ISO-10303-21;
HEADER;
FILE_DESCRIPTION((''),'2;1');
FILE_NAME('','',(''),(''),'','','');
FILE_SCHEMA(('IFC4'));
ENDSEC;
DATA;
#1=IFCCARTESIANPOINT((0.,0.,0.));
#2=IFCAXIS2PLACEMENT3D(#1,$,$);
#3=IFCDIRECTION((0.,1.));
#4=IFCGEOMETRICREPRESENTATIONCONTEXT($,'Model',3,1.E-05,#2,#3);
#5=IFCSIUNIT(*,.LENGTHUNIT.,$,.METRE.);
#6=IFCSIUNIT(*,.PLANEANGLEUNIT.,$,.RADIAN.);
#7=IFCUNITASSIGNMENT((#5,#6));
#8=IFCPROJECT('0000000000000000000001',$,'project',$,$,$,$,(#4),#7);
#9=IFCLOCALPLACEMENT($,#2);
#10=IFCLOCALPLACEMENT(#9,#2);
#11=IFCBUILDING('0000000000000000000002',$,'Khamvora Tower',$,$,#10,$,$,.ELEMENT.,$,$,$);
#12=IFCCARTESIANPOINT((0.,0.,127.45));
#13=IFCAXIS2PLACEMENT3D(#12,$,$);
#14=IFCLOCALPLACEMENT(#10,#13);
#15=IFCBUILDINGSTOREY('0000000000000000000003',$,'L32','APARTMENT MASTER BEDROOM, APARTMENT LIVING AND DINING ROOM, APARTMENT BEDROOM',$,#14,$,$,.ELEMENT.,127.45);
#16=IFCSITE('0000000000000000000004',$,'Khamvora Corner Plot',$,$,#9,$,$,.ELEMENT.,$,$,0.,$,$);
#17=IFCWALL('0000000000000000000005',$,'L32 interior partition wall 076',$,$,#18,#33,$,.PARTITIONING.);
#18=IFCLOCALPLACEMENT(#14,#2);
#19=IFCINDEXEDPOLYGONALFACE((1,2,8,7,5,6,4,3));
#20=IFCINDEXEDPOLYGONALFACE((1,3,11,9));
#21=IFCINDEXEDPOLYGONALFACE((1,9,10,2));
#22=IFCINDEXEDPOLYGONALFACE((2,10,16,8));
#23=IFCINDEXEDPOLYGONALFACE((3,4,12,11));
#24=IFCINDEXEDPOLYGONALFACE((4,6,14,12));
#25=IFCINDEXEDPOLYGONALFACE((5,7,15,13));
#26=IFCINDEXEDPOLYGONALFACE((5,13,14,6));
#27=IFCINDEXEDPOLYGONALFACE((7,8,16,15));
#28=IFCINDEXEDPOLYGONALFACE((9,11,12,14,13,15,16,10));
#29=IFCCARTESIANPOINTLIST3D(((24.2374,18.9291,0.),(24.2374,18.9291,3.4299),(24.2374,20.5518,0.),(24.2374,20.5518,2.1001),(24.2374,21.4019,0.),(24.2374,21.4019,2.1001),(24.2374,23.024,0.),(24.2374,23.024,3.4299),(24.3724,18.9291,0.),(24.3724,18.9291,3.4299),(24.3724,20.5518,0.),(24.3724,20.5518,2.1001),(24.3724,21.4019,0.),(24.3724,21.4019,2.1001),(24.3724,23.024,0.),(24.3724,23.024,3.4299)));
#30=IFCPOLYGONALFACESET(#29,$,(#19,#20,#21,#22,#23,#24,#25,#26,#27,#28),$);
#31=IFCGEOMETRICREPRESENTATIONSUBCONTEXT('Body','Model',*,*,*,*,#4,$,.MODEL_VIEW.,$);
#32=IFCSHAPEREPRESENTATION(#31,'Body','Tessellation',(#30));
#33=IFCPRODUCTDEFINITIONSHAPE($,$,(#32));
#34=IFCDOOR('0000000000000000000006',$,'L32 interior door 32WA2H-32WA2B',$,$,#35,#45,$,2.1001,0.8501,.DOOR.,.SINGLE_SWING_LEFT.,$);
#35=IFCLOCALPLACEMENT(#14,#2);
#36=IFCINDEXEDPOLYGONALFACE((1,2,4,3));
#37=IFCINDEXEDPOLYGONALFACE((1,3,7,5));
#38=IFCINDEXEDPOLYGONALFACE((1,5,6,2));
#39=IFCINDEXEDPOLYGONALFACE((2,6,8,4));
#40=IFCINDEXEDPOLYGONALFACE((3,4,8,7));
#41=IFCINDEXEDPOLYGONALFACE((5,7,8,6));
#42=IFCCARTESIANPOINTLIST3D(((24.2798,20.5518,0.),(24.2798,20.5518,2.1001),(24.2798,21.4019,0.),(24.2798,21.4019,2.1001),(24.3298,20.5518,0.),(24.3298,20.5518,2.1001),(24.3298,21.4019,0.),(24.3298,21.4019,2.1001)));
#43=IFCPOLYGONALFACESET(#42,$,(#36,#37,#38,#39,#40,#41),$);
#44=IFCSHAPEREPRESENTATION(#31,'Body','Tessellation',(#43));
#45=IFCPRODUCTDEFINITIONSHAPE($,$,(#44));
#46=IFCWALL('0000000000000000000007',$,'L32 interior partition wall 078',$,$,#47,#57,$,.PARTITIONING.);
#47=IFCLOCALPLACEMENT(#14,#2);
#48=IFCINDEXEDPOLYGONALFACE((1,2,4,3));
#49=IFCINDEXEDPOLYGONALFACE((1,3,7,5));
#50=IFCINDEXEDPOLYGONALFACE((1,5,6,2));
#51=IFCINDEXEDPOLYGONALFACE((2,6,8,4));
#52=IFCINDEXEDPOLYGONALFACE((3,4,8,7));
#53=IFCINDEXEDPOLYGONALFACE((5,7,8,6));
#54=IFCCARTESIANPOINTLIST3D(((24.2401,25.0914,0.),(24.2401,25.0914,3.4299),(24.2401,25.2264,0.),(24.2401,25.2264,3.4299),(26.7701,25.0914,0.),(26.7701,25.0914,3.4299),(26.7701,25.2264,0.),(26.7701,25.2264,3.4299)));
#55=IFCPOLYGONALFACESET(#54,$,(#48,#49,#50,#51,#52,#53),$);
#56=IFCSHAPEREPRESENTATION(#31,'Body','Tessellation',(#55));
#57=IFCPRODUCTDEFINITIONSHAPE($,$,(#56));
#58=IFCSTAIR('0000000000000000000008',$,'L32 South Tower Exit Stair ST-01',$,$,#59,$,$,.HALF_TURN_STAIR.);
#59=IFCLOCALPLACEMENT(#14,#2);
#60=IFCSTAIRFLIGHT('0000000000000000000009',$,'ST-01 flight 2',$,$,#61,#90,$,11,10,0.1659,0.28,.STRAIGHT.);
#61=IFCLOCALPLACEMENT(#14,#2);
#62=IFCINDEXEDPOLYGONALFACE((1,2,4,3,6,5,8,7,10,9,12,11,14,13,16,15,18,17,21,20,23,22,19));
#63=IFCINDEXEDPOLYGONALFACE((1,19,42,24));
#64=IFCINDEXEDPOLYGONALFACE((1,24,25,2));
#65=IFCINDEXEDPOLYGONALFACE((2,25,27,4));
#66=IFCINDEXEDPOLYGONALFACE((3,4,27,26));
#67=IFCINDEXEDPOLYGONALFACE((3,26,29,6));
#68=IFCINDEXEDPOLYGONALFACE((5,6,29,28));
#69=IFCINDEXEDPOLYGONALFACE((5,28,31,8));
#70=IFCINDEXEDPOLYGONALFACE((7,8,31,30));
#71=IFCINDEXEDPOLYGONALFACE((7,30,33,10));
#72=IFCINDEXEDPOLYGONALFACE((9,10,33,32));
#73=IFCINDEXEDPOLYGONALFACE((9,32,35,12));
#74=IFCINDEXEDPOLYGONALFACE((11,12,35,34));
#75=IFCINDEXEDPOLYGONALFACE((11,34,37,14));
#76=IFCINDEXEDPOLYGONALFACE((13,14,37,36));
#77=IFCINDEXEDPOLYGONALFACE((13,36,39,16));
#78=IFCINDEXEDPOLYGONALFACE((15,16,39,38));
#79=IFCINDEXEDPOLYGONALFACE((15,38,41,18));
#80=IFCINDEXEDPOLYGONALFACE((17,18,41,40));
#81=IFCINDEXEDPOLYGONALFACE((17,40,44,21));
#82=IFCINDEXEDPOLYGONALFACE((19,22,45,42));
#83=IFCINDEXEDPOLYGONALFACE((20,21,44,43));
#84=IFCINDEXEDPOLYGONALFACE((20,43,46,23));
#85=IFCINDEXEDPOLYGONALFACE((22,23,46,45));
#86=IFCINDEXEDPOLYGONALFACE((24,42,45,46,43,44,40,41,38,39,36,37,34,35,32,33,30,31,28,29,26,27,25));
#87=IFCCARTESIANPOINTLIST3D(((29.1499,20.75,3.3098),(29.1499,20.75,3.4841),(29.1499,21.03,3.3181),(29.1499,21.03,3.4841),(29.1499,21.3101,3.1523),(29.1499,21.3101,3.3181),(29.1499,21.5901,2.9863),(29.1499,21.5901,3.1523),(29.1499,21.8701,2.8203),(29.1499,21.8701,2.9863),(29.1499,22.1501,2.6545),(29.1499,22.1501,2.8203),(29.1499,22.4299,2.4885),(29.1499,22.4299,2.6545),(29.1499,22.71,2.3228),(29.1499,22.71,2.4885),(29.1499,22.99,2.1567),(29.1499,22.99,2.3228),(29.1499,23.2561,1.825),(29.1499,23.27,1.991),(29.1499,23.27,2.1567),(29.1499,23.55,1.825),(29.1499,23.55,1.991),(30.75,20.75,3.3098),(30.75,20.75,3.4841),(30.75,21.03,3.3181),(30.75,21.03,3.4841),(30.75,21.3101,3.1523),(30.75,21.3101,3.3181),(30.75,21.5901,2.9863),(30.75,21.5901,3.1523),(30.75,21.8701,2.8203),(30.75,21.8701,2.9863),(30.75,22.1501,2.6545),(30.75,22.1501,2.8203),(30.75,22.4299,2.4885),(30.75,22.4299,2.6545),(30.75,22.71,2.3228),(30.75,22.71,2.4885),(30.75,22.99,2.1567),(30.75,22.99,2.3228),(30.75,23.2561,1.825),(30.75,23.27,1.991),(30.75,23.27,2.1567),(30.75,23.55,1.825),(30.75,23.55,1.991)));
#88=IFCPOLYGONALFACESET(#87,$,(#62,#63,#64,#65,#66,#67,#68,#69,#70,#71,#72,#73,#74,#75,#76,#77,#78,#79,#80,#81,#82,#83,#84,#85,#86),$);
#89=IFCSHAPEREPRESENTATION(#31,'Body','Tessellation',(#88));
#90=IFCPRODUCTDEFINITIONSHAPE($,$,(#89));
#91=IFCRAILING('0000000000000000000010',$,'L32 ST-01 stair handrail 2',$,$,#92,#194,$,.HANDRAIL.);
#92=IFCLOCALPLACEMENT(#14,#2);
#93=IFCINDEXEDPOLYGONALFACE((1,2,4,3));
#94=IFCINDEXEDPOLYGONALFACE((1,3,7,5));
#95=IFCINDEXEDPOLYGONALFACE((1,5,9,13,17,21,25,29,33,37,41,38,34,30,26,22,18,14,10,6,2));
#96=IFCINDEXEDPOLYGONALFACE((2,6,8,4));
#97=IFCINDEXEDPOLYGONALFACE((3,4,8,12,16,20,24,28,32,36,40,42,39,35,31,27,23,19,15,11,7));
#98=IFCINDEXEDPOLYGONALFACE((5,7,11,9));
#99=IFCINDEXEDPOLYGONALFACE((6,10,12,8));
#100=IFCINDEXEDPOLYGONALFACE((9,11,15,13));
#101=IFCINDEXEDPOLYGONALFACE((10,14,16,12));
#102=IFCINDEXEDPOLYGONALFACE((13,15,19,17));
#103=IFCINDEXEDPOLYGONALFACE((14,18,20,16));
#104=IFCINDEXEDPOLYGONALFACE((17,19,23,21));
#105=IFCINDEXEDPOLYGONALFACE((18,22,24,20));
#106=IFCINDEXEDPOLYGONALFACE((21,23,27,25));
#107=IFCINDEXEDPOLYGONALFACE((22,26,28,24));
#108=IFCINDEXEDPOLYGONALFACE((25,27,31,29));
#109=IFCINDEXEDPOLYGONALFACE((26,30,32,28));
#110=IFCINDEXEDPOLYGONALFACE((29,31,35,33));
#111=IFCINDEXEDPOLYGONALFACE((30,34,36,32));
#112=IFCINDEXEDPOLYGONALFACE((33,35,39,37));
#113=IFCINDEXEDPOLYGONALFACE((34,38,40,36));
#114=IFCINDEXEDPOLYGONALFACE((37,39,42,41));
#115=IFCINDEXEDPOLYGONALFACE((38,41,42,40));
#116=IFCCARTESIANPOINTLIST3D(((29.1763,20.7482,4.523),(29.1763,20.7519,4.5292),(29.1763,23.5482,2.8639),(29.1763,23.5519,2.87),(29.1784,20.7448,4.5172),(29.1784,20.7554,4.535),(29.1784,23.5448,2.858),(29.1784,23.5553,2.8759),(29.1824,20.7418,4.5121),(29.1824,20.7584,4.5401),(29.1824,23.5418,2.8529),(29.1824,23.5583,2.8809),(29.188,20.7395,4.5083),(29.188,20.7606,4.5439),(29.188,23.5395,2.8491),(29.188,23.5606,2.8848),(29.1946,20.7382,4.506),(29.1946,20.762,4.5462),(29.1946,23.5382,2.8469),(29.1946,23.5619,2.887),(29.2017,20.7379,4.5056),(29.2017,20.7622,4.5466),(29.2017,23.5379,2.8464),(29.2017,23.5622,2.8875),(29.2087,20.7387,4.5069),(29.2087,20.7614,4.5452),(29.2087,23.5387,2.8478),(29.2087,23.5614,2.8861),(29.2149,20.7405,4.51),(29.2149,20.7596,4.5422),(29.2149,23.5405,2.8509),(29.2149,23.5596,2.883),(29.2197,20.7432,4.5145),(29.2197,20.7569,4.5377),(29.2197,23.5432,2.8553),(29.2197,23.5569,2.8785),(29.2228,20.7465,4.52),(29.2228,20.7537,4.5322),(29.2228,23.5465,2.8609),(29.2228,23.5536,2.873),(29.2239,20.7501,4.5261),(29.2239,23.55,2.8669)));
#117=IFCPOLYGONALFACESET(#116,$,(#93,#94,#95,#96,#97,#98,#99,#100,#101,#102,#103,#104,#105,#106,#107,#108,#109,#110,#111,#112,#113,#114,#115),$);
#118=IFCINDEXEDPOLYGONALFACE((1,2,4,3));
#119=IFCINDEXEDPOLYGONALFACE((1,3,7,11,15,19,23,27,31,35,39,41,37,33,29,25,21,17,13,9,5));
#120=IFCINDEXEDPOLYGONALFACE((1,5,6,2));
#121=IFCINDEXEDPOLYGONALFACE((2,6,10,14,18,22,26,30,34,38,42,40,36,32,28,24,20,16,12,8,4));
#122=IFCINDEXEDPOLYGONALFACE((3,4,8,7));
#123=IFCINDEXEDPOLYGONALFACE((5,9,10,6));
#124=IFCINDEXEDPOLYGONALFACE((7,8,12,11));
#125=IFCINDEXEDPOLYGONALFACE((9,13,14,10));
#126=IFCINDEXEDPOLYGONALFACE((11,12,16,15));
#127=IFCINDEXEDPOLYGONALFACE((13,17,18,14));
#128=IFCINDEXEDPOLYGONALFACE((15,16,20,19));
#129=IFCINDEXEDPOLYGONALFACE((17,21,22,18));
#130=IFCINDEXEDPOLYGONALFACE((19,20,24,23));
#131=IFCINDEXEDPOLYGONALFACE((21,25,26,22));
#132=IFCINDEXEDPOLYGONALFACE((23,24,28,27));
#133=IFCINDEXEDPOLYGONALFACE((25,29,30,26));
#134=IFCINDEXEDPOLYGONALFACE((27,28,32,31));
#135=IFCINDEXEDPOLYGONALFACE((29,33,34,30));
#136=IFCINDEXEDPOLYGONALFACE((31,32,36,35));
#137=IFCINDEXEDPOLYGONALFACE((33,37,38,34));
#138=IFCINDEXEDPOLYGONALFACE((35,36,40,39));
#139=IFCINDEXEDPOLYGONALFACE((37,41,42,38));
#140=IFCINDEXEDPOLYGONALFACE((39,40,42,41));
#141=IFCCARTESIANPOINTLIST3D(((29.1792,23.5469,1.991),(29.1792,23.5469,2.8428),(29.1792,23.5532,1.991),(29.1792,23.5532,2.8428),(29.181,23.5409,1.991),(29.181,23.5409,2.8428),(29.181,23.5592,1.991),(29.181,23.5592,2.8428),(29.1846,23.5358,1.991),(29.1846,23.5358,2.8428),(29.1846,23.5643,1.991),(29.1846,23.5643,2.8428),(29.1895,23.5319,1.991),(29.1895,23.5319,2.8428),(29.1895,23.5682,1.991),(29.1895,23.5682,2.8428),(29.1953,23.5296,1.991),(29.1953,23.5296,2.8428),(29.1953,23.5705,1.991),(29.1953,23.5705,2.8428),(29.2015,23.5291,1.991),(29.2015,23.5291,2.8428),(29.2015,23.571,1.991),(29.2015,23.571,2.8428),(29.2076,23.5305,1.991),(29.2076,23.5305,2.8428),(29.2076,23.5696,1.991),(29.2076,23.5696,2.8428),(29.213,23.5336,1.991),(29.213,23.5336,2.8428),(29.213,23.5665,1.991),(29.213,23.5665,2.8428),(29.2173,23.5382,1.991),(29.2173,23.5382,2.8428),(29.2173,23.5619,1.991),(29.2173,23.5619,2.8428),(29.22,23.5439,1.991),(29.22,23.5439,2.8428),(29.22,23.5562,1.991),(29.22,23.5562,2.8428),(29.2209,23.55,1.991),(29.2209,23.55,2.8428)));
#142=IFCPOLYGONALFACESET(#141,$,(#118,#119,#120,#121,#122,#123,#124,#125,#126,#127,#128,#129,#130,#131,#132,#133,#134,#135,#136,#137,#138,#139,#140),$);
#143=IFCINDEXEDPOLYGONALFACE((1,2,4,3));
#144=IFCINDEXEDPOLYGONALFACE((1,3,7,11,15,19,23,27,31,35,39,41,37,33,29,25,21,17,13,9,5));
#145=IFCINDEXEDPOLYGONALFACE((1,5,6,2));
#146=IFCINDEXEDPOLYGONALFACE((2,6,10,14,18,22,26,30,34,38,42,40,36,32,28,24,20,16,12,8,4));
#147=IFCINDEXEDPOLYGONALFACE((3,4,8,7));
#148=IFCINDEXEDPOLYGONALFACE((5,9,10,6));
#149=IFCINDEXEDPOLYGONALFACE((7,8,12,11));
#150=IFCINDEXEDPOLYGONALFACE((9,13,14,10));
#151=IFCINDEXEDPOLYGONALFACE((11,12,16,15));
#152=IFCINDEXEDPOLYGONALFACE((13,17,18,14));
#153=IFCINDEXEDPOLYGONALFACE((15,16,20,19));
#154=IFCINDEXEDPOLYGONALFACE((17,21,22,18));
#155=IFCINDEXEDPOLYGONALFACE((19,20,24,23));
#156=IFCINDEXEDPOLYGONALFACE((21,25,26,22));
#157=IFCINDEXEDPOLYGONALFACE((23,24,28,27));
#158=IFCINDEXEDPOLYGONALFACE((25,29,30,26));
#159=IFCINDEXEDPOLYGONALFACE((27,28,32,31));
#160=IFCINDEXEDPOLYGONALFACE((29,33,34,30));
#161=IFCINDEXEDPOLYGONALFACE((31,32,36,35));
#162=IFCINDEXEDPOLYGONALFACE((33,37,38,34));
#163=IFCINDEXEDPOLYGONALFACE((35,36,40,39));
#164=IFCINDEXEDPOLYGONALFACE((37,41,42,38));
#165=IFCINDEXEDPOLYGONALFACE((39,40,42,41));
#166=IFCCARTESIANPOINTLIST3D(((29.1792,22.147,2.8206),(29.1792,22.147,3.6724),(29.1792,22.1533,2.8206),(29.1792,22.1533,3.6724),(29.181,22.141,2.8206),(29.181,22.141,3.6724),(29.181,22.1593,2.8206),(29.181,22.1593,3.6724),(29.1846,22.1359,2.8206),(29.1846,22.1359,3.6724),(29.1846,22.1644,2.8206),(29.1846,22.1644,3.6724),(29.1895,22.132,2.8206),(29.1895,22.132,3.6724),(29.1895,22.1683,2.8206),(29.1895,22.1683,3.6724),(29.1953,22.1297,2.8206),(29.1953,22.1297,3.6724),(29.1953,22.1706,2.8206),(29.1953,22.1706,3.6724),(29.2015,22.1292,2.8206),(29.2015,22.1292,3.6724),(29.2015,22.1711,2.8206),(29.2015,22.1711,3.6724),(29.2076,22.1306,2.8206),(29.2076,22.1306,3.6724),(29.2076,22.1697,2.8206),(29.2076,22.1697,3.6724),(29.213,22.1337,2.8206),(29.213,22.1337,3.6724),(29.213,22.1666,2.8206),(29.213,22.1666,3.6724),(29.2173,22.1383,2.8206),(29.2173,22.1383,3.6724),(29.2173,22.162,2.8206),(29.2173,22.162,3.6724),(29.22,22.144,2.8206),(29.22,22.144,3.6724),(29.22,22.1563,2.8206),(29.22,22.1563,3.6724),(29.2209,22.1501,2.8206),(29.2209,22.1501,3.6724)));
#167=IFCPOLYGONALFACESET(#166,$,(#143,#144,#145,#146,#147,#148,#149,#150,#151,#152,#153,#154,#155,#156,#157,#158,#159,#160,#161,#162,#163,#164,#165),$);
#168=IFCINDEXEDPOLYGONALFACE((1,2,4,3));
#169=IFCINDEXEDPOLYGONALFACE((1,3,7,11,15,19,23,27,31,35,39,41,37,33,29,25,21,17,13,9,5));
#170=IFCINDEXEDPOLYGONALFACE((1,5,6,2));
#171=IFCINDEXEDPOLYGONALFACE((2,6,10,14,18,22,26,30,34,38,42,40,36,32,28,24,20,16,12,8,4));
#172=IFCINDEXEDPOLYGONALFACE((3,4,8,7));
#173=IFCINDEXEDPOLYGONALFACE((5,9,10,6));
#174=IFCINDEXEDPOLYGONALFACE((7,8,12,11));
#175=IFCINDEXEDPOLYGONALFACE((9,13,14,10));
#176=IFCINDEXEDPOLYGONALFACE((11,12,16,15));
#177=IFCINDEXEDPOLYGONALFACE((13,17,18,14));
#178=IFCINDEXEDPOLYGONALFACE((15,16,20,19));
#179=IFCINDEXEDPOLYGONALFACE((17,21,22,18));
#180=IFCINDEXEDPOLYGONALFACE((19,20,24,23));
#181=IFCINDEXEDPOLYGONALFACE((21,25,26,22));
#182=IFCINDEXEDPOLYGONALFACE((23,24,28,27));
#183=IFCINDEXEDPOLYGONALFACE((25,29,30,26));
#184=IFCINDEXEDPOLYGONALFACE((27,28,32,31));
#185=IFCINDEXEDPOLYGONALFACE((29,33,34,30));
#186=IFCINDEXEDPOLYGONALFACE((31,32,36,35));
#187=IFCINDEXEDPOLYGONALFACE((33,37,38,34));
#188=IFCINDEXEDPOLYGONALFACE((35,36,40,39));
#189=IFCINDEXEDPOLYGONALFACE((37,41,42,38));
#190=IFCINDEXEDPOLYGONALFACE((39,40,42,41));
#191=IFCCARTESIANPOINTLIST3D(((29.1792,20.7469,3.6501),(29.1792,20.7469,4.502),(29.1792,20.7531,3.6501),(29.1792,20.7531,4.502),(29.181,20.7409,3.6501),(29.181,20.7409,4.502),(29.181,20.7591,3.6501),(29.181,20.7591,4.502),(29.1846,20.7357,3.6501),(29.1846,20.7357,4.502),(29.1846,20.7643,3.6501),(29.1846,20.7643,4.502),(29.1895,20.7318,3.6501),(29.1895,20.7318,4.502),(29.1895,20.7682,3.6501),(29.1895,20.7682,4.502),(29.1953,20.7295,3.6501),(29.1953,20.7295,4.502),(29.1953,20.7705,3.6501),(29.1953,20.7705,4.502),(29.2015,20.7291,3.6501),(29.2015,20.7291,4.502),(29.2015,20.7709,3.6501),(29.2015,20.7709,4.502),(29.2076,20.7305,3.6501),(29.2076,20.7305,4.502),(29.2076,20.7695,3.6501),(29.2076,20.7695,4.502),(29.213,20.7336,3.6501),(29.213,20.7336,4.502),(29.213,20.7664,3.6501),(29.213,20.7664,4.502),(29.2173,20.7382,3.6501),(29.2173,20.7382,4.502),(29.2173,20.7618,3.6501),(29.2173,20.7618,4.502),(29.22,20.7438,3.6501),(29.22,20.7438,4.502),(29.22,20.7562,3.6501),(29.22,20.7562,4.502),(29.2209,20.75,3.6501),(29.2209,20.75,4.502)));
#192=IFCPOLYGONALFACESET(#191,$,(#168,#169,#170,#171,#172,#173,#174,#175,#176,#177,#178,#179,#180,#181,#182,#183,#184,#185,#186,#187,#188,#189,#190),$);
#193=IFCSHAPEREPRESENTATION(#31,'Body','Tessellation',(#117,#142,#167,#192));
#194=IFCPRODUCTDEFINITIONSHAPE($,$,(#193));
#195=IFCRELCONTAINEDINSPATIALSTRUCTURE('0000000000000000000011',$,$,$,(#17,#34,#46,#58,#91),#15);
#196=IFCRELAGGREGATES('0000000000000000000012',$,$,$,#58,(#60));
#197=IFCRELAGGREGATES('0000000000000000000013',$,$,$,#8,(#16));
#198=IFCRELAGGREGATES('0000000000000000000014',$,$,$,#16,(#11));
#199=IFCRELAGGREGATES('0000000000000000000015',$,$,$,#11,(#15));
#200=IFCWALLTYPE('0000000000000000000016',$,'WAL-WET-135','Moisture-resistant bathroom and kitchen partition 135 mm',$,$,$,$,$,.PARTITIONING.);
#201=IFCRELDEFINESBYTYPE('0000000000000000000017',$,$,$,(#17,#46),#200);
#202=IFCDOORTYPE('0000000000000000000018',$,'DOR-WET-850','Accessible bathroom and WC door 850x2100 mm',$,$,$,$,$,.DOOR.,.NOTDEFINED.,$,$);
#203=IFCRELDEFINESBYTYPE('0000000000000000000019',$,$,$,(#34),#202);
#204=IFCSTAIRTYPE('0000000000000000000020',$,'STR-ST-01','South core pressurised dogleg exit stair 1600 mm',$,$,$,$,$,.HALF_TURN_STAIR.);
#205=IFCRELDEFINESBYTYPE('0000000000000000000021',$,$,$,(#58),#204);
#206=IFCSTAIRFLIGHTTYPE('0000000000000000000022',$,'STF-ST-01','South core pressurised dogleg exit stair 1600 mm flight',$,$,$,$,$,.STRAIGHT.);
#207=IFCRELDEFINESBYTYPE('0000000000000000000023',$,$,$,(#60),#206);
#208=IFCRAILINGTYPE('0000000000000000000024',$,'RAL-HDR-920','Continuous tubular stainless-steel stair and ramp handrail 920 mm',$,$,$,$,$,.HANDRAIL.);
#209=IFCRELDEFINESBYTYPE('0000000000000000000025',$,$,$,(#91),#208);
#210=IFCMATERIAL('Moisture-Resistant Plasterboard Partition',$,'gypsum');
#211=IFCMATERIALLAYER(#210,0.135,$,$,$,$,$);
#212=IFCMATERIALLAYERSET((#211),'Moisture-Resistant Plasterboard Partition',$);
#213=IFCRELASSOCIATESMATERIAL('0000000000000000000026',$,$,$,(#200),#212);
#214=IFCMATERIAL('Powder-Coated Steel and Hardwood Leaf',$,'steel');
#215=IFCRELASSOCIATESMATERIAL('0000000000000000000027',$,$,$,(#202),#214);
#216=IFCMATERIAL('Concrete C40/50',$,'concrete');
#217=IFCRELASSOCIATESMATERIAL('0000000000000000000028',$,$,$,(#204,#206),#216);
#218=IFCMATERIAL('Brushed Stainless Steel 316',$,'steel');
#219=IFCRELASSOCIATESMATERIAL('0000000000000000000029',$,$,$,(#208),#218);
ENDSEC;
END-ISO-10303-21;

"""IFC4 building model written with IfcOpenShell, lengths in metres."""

from ifc_helpers import new_model, si_unit, direction, frame, frame_2d, origin, origin_2d, place, context, subcontext, project, spatial, polyline, rectangle, circle, outline, extrude, material, layer, layer_set, type_object, element, fill, aggregate, save


model = new_model("IFC4")

# Units and contexts
model_context = context("Model", 3, precision=1e-05, world=origin(), true_north=direction((0.0, 1.0)))
body_context = subcontext(model_context, "Body", "Model", "MODEL_VIEW")
ifc_project = project(units=[si_unit("LENGTHUNIT", "METRE"), si_unit("PLANEANGLEUNIT", "RADIAN")], contexts=[model_context])

# Site, building, storey
site_placement = place(None, origin())
site = spatial("IfcSite", under=ifc_project, at=site_placement, Name="Khamvora Corner Plot", CompositionType="ELEMENT", RefElevation=0.0)
building_placement = place(site_placement, origin())
building = spatial("IfcBuilding", under=site, at=building_placement, Name="Khamvora Tower", CompositionType="ELEMENT")
storey_placement = place(building_placement, frame((0.0, 0.0, 127.45)))
storey = spatial("IfcBuildingStorey", under=building, at=storey_placement, Name="L32", Description="APARTMENT MASTER BEDROOM, APARTMENT LIVING AND DINING ROOM, APARTMENT BEDROOM", CompositionType="ELEMENT", Elevation=127.45)

# Shared definitions
ifc_material_1 = material(Name="Powder-Coated Steel and Hardwood Leaf", Category="steel")

# Shared definitions
ifc_material_2 = material(Name="Moisture-Resistant Plasterboard Partition", Category="gypsum")
ifc_layer_1 = layer(ifc_material_2, 0.135)
ifc_layer_set_1 = layer_set([ifc_layer_1], Name="Moisture-Resistant Plasterboard Partition")
wall_type_1 = type_object("IfcWallType", Name="WAL-WET-135", Description="Moisture-resistant bathroom and kitchen partition 135 mm", PredefinedType="PARTITIONING", material=ifc_layer_set_1)

# Wall, opening, door
wall_1_placement = place(storey_placement, frame((24.3049, 23.0239, 0.0), z_axis=(0.0, 0.0, 1.0), x_axis=(0.0, -1.0, 0.0)))
wall_1 = element("IfcWall", 1, at=wall_1_placement, inside=storey, type_object=wall_type_1, Name="L32 interior partition wall 076", PredefinedType="PARTITIONING", context=body_context, shape_type="SweptSolid", body=[
    extrude(rectangle(XDim=4.095, YDim=0.135, at=frame_2d((2.0474, 0.0))), origin(), (0.0, 0.0, 1.0), 3.4299),
])
opening_1_placement = place(wall_1_placement, frame((1.6221, 0.0, 0.0)))
opening_1 = element("IfcOpeningElement", 2, at=opening_1_placement, cuts=wall_1, PredefinedType="OPENING", context=body_context, shape_type="SweptSolid", body=[
    extrude(rectangle(XDim=0.8501, YDim=2.1001, at=frame_2d((0.425, 1.05))), frame((0.0, 0.0774, 0.0), z_axis=(0.0, -1.0, 0.0), x_axis=(1.0, 0.0, 0.0)), (0.0, 0.0, 1.0), 0.155),
])
door_type_1 = type_object("IfcDoorType", Name="DOR-WET-850", Description="Accessible bathroom and WC door 850x2100 mm", OperationType="NOTDEFINED", PredefinedType="DOOR", material=ifc_material_1)
door_1_placement = place(opening_1_placement, origin())
door_1 = element("IfcDoor", 3, at=door_1_placement, inside=storey, type_object=door_type_1, Name="L32 interior door 32WA2H-32WA2B", OperationType="SINGLE_SWING_LEFT", OverallHeight=2.1001, OverallWidth=0.8501, PredefinedType="DOOR", context=body_context, shape_type="SweptSolid", body=[
    extrude(rectangle(XDim=0.8501, YDim=2.1001, at=frame_2d((0.425, 1.05))), frame((0.0, 0.0249, 0.0), z_axis=(0.0, -1.0, 0.0), x_axis=(1.0, 0.0, 0.0)), (0.0, 0.0, 1.0), 0.05),
])
fill(opening_1, door_1)

# Wall
wall_2_placement = place(storey_placement, frame((24.24, 25.1589, 0.0), z_axis=(0.0, 0.0, 1.0), x_axis=(1.0, 0.0, 0.0)))
element("IfcWall", 4, at=wall_2_placement, inside=storey, type_object=wall_type_1, Name="L32 interior partition wall 078", PredefinedType="PARTITIONING", context=body_context, shape_type="SweptSolid", body=[
    extrude(rectangle(XDim=2.53, YDim=0.135, at=frame_2d((1.2651, 0.0))), origin(), (0.0, 0.0, 1.0), 3.4299),
])

# Stair, stair flight
ifc_material_3 = material(Name="Concrete C40/50", Category="concrete")
stair_type = type_object("IfcStairType", Name="STR-ST-01", Description="South core pressurised dogleg exit stair 1600 mm", PredefinedType="HALF_TURN_STAIR", material=ifc_material_3)
stair_placement = place(storey_placement, origin())
stair = element("IfcStair", 5, at=stair_placement, inside=storey, type_object=stair_type, Name="L32 South Tower Exit Stair ST-01", PredefinedType="HALF_TURN_STAIR")
stair_flight_type = type_object("IfcStairFlightType", Name="STF-ST-01", Description="South core pressurised dogleg exit stair 1600 mm flight", PredefinedType="STRAIGHT", material=ifc_material_3)
stair_flight_placement = place(storey_placement, frame((29.95, 23.55, 1.825), z_axis=(0.0, 0.0, 1.0), x_axis=(0.0, -1.0, 0.0)))
stair_flight = element("IfcStairFlight", 6, at=stair_flight_placement, type_object=stair_flight_type, Name="ST-01 flight 2", NumberOfRisers=11, NumberOfTreads=10, PredefinedType="STRAIGHT", RiserHeight=0.1659, TreadLength=0.28, context=body_context, shape_type="SweptSolid", body=[
    extrude(outline(polyline([(0.0, 0.0), (0.0, 0.166), (0.28, 0.166), (0.28, 0.3318), (0.5601, 0.3318), (0.5601, 0.4978), (0.8401, 0.4978), (0.8401, 0.6636), (1.1201, 0.6636), (1.1201, 0.8296), (1.3999, 0.8296), (1.3999, 0.9954), (1.6799, 0.9954), (1.6799, 1.1614), (1.96, 1.1614), (1.96, 1.3274), (2.24, 1.3274), (2.24, 1.4932), (2.52, 1.4932), (2.52, 1.6592), (2.8, 1.6592), (2.8, 1.825), (2.8, 1.4849), (0.2939, 0.0), (0.0, 0.0)])), frame((0.0, 0.8, 0.0), z_axis=(0.0, -1.0, 0.0), x_axis=(1.0, 0.0, 0.0)), (0.0, 0.0, 1.0), 1.6001),
])
aggregate(stair, [stair_flight])

# Railing
ifc_material_4 = material(Name="Brushed Stainless Steel 316", Category="steel")
railing_type_1 = type_object("IfcRailingType", Name="RAL-HDR-920", Description="Continuous tubular stainless-steel stair and ramp handrail 920 mm", PredefinedType="HANDRAIL", material=ifc_material_4)
railing_1_placement = place(storey_placement, frame((29.2, 23.55, 1.991)))
element("IfcRailing", 7, at=railing_1_placement, inside=storey, type_object=railing_type_1, Name="L32 ST-01 stair handrail 2", PredefinedType="HANDRAIL", context=body_context, shape_type="SweptSolid", body=[
    extrude(circle(Radius=0.0239, at=origin_2d()), frame((0.0, 0.0, 0.876), z_axis=(0.0, -0.860306, 0.509778), x_axis=(1.0, 0.0, 0.0)), (0.0, 0.0, 1.0), 3.2546),
    extrude(circle(Radius=0.021, at=origin_2d()), origin(), (0.0, 0.0, 1.0), 0.8518),
    extrude(circle(Radius=0.021, at=origin_2d()), frame((0.0, -1.3999, 0.8296)), (0.0, 0.0, 1.0), 0.8518),
    extrude(circle(Radius=0.021, at=origin_2d()), frame((0.0, -2.8, 1.6592)), (0.0, 0.0, 1.0), 0.8518),
])

save(model, "model.ifc")
